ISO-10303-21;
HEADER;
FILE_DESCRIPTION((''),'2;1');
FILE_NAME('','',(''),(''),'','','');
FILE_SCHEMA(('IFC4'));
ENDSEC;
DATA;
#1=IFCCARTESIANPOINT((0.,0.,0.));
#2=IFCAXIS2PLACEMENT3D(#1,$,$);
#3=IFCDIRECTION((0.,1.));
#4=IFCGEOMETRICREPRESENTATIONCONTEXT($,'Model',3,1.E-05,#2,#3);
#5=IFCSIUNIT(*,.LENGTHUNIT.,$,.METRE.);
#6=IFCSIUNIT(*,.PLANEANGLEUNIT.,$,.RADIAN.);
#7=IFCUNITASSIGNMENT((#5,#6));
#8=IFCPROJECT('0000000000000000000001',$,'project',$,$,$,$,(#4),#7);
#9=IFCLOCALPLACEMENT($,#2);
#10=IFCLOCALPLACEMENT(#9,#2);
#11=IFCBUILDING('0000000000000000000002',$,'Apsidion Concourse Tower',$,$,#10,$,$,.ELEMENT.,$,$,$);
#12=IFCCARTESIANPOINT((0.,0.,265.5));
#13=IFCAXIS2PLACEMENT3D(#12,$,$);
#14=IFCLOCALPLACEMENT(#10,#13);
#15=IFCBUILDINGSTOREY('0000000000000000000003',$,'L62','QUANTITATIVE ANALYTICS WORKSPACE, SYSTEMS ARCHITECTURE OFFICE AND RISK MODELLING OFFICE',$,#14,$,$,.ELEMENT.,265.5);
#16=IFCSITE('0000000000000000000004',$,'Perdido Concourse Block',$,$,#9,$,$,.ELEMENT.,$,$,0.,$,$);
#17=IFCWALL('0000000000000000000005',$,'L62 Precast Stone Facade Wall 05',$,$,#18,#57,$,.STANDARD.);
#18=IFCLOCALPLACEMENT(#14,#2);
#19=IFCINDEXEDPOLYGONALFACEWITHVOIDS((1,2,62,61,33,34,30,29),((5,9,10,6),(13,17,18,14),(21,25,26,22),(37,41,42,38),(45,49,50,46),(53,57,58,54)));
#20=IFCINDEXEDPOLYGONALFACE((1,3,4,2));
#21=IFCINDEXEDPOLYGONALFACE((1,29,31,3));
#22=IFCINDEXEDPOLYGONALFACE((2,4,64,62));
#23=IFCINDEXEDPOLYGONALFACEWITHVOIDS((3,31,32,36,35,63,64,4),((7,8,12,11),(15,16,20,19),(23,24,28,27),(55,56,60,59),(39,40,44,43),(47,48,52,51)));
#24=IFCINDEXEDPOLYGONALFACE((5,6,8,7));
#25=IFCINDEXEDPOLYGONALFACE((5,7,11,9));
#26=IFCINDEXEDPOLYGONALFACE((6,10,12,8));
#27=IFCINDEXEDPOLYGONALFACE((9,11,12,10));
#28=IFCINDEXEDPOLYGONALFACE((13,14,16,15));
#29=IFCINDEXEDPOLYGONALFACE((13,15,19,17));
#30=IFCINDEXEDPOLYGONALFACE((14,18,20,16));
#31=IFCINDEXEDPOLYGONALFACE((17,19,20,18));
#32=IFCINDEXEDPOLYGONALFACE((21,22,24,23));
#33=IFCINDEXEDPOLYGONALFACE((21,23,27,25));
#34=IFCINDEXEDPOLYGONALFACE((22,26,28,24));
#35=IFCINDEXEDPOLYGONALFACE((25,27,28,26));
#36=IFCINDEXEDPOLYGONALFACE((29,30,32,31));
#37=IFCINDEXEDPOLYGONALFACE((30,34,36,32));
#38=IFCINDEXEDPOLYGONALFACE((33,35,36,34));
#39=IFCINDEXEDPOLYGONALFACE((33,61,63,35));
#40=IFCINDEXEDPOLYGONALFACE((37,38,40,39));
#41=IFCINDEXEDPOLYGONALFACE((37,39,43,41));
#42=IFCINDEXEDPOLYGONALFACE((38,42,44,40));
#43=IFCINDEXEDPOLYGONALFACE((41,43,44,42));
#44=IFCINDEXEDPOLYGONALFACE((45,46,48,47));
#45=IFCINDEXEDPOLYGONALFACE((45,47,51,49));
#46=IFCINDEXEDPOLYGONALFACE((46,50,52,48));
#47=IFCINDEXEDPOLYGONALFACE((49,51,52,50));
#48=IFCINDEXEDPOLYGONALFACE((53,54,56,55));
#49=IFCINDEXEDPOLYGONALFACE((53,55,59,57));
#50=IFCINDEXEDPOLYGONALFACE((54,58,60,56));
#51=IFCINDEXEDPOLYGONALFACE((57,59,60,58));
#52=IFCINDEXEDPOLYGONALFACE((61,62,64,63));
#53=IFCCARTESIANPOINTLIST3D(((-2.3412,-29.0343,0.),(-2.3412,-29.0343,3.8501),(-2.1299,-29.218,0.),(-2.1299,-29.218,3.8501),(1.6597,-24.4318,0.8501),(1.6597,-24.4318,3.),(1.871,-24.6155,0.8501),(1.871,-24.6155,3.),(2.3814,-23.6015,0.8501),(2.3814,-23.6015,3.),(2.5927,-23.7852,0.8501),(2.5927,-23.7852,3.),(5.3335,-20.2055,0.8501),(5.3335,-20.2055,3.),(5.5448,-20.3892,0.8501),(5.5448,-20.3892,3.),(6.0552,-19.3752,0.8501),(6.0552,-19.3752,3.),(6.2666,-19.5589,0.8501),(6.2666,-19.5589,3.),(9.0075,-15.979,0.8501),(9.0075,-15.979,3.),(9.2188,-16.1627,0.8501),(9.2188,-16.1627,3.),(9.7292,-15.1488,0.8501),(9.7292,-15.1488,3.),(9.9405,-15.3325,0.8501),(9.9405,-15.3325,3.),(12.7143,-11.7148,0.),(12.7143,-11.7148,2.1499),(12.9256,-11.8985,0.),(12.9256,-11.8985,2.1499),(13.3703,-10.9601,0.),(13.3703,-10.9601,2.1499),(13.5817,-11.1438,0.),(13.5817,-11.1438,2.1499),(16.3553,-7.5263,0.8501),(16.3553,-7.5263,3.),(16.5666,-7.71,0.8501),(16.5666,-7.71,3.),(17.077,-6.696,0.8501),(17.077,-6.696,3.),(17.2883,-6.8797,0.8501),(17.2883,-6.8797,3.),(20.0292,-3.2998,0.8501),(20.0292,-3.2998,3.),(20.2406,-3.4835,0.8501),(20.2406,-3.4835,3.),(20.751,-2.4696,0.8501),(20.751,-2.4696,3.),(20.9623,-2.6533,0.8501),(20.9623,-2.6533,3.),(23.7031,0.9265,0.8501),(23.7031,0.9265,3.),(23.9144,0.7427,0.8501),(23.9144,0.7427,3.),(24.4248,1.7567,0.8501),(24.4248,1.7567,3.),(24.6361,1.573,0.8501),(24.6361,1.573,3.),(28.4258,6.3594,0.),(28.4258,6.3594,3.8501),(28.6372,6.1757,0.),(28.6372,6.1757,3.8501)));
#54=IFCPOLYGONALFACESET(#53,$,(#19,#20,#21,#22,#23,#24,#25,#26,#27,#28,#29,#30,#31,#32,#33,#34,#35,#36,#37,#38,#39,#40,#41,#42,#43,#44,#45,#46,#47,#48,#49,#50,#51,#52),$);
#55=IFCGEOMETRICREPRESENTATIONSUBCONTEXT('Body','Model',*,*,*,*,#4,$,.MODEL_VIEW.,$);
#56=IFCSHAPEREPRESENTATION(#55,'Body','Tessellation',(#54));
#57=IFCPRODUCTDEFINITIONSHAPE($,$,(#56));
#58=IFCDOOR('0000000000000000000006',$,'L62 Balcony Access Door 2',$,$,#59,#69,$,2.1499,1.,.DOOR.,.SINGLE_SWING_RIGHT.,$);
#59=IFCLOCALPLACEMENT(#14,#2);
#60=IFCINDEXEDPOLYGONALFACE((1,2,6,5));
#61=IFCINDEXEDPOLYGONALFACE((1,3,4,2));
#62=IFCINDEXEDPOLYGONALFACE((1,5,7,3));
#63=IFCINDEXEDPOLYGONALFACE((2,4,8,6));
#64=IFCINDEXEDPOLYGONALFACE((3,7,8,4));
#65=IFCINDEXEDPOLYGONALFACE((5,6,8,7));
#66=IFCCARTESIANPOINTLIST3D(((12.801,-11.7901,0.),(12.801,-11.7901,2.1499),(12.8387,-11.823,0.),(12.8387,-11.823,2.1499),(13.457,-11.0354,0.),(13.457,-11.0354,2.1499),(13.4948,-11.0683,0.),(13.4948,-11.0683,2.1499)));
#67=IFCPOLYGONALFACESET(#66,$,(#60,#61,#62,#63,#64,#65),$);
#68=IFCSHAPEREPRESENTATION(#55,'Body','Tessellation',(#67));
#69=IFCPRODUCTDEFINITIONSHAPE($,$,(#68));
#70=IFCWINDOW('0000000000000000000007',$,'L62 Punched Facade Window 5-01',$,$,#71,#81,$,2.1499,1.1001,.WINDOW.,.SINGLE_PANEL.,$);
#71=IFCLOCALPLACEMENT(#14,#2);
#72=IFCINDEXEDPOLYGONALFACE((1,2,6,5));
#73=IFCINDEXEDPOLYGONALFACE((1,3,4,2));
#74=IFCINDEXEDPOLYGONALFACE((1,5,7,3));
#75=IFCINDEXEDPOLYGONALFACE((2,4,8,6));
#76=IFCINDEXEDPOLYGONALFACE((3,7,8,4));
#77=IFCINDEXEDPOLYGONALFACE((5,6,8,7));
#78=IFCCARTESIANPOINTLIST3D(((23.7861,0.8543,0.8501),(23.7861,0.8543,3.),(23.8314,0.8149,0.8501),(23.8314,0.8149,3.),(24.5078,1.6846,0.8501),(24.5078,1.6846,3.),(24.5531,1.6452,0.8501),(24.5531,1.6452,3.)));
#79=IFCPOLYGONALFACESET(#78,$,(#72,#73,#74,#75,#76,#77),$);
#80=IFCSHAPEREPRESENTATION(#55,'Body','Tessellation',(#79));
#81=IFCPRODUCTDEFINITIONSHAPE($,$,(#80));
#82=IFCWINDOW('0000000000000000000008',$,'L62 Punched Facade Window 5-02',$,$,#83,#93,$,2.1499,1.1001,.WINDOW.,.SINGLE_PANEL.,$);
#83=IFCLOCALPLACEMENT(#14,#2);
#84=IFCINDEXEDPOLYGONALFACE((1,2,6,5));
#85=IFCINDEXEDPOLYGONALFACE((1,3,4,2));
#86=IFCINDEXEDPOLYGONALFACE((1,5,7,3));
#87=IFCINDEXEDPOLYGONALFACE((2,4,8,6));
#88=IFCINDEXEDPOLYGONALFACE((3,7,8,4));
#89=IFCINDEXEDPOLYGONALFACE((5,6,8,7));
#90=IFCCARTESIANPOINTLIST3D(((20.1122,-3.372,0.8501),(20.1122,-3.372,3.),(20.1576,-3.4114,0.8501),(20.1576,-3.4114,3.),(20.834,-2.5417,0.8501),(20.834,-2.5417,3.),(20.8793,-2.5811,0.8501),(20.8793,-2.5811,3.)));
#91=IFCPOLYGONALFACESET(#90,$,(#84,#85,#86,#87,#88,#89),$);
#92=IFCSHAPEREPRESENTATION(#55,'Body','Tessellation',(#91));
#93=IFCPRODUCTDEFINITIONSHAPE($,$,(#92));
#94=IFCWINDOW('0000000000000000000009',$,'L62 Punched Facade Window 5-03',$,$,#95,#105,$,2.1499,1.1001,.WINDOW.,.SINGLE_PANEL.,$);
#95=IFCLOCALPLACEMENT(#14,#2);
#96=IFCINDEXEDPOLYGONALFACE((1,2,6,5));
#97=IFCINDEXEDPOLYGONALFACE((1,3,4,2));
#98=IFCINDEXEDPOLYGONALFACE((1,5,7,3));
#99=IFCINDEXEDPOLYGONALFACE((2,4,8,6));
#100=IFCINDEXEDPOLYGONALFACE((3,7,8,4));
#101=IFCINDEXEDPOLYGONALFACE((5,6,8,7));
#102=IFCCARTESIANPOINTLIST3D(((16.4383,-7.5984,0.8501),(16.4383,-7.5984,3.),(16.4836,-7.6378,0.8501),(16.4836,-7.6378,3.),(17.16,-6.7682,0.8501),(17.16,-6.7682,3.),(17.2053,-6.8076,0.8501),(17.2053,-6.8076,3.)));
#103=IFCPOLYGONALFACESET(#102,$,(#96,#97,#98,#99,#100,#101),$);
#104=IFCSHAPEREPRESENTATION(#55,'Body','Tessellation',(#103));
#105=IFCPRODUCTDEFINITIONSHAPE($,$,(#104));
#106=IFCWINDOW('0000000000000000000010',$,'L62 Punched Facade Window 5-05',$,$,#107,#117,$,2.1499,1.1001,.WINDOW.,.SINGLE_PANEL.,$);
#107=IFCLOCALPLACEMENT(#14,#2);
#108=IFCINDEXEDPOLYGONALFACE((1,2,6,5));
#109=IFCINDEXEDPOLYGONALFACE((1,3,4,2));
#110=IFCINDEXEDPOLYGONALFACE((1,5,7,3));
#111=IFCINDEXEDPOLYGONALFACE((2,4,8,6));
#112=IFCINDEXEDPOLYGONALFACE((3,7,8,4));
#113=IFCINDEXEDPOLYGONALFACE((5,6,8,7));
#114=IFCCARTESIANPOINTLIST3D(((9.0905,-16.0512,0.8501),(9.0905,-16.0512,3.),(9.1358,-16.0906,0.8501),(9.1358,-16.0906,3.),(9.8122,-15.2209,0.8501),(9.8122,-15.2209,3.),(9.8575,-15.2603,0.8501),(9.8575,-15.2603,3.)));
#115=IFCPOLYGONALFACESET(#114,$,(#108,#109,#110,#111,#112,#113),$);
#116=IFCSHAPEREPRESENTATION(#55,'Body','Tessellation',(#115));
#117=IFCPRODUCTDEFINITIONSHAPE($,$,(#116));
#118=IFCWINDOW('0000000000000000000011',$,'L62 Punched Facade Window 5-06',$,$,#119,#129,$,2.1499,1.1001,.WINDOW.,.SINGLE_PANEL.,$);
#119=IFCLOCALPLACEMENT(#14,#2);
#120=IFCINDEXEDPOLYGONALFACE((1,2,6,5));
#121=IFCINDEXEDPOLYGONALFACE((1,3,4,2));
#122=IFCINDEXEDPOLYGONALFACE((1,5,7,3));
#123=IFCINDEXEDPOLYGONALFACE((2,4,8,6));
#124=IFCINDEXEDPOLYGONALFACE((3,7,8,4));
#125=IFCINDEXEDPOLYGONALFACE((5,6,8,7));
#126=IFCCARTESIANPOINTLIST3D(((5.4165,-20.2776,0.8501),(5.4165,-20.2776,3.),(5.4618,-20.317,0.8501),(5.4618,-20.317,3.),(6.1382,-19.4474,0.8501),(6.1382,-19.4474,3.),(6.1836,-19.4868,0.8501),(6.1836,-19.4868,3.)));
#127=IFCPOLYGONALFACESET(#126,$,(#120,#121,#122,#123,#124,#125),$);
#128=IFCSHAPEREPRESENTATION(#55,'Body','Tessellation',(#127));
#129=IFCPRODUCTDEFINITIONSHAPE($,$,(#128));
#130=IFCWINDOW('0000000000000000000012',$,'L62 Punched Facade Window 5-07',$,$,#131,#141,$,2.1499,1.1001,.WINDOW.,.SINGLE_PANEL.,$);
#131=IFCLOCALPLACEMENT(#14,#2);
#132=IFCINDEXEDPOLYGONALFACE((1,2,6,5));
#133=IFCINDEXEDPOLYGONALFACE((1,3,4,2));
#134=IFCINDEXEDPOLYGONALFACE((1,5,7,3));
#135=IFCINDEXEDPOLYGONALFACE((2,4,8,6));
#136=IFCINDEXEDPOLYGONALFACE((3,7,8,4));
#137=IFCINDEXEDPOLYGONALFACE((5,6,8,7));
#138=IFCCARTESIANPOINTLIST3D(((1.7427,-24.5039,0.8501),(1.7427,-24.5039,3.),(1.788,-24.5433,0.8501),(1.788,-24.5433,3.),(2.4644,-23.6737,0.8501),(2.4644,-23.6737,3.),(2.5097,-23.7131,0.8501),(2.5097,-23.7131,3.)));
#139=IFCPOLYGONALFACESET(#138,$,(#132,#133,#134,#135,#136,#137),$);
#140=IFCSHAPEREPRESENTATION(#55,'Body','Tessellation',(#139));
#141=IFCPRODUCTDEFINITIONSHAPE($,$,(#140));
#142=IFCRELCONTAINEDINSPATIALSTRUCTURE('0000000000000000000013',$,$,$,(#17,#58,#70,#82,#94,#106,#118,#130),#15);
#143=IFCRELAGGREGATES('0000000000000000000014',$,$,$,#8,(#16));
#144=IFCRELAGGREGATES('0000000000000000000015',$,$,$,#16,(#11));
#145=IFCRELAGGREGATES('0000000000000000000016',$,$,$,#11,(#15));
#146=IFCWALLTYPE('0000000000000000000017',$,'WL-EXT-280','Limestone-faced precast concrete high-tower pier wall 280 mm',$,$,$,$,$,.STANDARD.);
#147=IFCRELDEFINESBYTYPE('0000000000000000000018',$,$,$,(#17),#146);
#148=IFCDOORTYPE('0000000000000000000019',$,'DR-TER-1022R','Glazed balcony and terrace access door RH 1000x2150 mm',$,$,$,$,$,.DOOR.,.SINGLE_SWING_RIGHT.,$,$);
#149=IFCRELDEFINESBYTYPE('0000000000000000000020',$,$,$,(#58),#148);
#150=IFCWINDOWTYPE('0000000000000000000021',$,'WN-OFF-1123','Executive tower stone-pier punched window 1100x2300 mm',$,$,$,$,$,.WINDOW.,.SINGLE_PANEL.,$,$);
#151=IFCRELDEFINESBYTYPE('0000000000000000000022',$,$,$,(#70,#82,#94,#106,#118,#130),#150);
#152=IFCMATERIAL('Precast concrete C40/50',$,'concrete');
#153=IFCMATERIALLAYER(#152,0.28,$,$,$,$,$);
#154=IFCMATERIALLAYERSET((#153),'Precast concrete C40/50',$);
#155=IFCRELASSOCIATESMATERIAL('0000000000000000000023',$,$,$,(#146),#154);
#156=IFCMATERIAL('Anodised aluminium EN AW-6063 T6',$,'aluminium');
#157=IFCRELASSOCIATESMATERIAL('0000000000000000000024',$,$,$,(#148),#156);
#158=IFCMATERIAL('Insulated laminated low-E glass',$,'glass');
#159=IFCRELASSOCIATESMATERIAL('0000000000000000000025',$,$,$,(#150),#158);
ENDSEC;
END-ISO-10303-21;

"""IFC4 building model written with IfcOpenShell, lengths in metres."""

from ifc_helpers import new_model, si_unit, direction, frame, frame_2d, origin, place, context, subcontext, project, spatial, rectangle, extrude, material, layer, layer_set, type_object, element, fill, save


model = new_model("IFC4")

# Units and contexts
model_context = context("Model", 3, precision=1e-05, world=origin(), true_north=direction((0.0, 1.0)))
body_context = subcontext(model_context, "Body", "Model", "MODEL_VIEW")
ifc_project = project(units=[si_unit("LENGTHUNIT", "METRE"), si_unit("PLANEANGLEUNIT", "RADIAN")], contexts=[model_context])

# Site, building, storey
site_placement = place(None, origin())
site = spatial("IfcSite", under=ifc_project, at=site_placement, Name="Perdido Concourse Block", CompositionType="ELEMENT", RefElevation=0.0)
building_placement = place(site_placement, origin())
building = spatial("IfcBuilding", under=site, at=building_placement, Name="Apsidion Concourse Tower", CompositionType="ELEMENT")
storey_placement = place(building_placement, frame((0.0, 0.0, 265.5)))
storey = spatial("IfcBuildingStorey", under=building, at=storey_placement, Name="L62", Description="QUANTITATIVE ANALYTICS WORKSPACE, SYSTEMS ARCHITECTURE OFFICE AND RISK MODELLING OFFICE", CompositionType="ELEMENT", Elevation=265.5)

# Shared definitions
ifc_material_1 = material(Name="Precast concrete C40/50", Category="concrete")
ifc_layer_1 = layer(ifc_material_1, 0.28)
ifc_layer_set_1 = layer_set([ifc_layer_1], Name="Precast concrete C40/50")
wall_type_1 = type_object("IfcWallType", Name="WL-EXT-280", Description="Limestone-faced precast concrete high-tower pier wall 280 mm", PredefinedType="STANDARD", material=ifc_layer_set_1)

# Wall, openings, door, windows
wall_1_placement = place(storey_placement, frame((28.5315, 6.2676, 0.0), z_axis=(0.0, 0.0, 1.0), x_axis=(-0.656056, -0.754712, 0.0)))
wall_1 = element("IfcWall", 1, at=wall_1_placement, inside=storey, type_object=wall_type_1, Name="L62 Precast Stone Facade Wall 05", PredefinedType="STANDARD", context=body_context, shape_type="SweptSolid", body=[
    extrude(rectangle(XDim=46.897, YDim=0.28, at=frame_2d((23.4485, 0.0))), origin(), (0.0, 0.0, 1.0), 3.8501),
])
opening_1_placement = place(wall_1_placement, frame((22.9485, 0.0, 0.0)))
opening_1 = element("IfcOpeningElement", 2, at=opening_1_placement, cuts=wall_1, PredefinedType="OPENING", context=body_context, shape_type="SweptSolid", body=[
    extrude(rectangle(XDim=1.0, YDim=2.1499, at=frame_2d((0.5, 1.075))), frame((0.0, 0.1499, 0.0), z_axis=(0.0, -1.0, 0.0), x_axis=(1.0, 0.0, 0.0)), (0.0, 0.0, 1.0), 0.3),
])
opening_2_placement = place(wall_1_placement, frame((6.0986, 0.0, 0.8501)))
opening_2 = element("IfcOpeningElement", 3, at=opening_2_placement, cuts=wall_1, PredefinedType="OPENING", context=body_context, shape_type="SweptSolid", body=[
    extrude(rectangle(XDim=1.1001, YDim=2.1499, at=frame_2d((0.55, 1.075))), frame((0.0, 0.1499, 0.0), z_axis=(0.0, -1.0, 0.0), x_axis=(1.0, 0.0, 0.0)), (0.0, 0.0, 1.0), 0.3),
])
opening_3_placement = place(wall_1_placement, frame((11.6985, 0.0, 0.8501)))
opening_3 = element("IfcOpeningElement", 4, at=opening_3_placement, cuts=wall_1, PredefinedType="OPENING", context=body_context, shape_type="SweptSolid", body=[
    extrude(rectangle(XDim=1.1001, YDim=2.1499, at=frame_2d((0.55, 1.075))), frame((0.0, 0.1499, 0.0), z_axis=(0.0, -1.0, 0.0), x_axis=(1.0, 0.0, 0.0)), (0.0, 0.0, 1.0), 0.3),
])
opening_4_placement = place(wall_1_placement, frame((17.2986, 0.0, 0.8501)))
opening_4 = element("IfcOpeningElement", 5, at=opening_4_placement, cuts=wall_1, PredefinedType="OPENING", context=body_context, shape_type="SweptSolid", body=[
    extrude(rectangle(XDim=1.1001, YDim=2.1499, at=frame_2d((0.55, 1.075))), frame((0.0, 0.1499, 0.0), z_axis=(0.0, -1.0, 0.0), x_axis=(1.0, 0.0, 0.0)), (0.0, 0.0, 1.0), 0.3),
])
opening_5_placement = place(wall_1_placement, frame((28.4985, 0.0, 0.8501)))
opening_5 = element("IfcOpeningElement", 6, at=opening_5_placement, cuts=wall_1, PredefinedType="OPENING", context=body_context, shape_type="SweptSolid", body=[
    extrude(rectangle(XDim=1.1001, YDim=2.1499, at=frame_2d((0.55, 1.075))), frame((0.0, 0.1499, 0.0), z_axis=(0.0, -1.0, 0.0), x_axis=(1.0, 0.0, 0.0)), (0.0, 0.0, 1.0), 0.3),
])
opening_6_placement = place(wall_1_placement, frame((34.0986, 0.0, 0.8501)))
opening_6 = element("IfcOpeningElement", 7, at=opening_6_placement, cuts=wall_1, PredefinedType="OPENING", context=body_context, shape_type="SweptSolid", body=[
    extrude(rectangle(XDim=1.1001, YDim=2.1499, at=frame_2d((0.55, 1.075))), frame((0.0, 0.1499, 0.0), z_axis=(0.0, -1.0, 0.0), x_axis=(1.0, 0.0, 0.0)), (0.0, 0.0, 1.0), 0.3),
])
opening_7_placement = place(wall_1_placement, frame((39.6985, 0.0, 0.8501)))
opening_7 = element("IfcOpeningElement", 8, at=opening_7_placement, cuts=wall_1, PredefinedType="OPENING", context=body_context, shape_type="SweptSolid", body=[
    extrude(rectangle(XDim=1.1001, YDim=2.1499, at=frame_2d((0.55, 1.075))), frame((0.0, 0.1499, 0.0), z_axis=(0.0, -1.0, 0.0), x_axis=(1.0, 0.0, 0.0)), (0.0, 0.0, 1.0), 0.3),
])
ifc_material_2 = material(Name="Anodised aluminium EN AW-6063 T6", Category="aluminium")
door_type_1 = type_object("IfcDoorType", Name="DR-TER-1022R", Description="Glazed balcony and terrace access door RH 1000x2150 mm", OperationType="SINGLE_SWING_RIGHT", PredefinedType="DOOR", material=ifc_material_2)
door_1_placement = place(opening_1_placement, origin())
door_1 = element("IfcDoor", 9, at=door_1_placement, inside=storey, type_object=door_type_1, Name="L62 Balcony Access Door 2", OperationType="SINGLE_SWING_RIGHT", OverallHeight=2.1499, OverallWidth=1.0, PredefinedType="DOOR", context=body_context, shape_type="SweptSolid", body=[
    extrude(rectangle(XDim=1.0, YDim=2.1499, at=frame_2d((0.5, 1.075))), frame((0.0, 0.0249, 0.0), z_axis=(0.0, -1.0, 0.0), x_axis=(1.0, 0.0, 0.0)), (0.0, 0.0, 1.0), 0.05),
])
fill(opening_1, door_1)
ifc_material_3 = material(Name="Insulated laminated low-E glass", Category="glass")
window_type = type_object("IfcWindowType", Name="WN-OFF-1123", Description="Executive tower stone-pier punched window 1100x2300 mm", PartitioningType="SINGLE_PANEL", PredefinedType="WINDOW", material=ifc_material_3)
window_1_placement = place(opening_2_placement, origin())
window_1 = element("IfcWindow", 10, at=window_1_placement, inside=storey, type_object=window_type, Name="L62 Punched Facade Window 5-01", OverallHeight=2.1499, OverallWidth=1.1001, PartitioningType="SINGLE_PANEL", PredefinedType="WINDOW", context=body_context, shape_type="SweptSolid", body=[
    extrude(rectangle(XDim=1.1001, YDim=2.1499, at=frame_2d((0.55, 1.075))), frame((0.0, 0.03, 0.0), z_axis=(0.0, -1.0, 0.0), x_axis=(1.0, 0.0, 0.0)), (0.0, 0.0, 1.0), 0.0601),
])
fill(opening_2, window_1)
window_2_placement = place(opening_3_placement, origin())
window_2 = element("IfcWindow", 11, at=window_2_placement, inside=storey, type_object=window_type, Name="L62 Punched Facade Window 5-02", OverallHeight=2.1499, OverallWidth=1.1001, PartitioningType="SINGLE_PANEL", PredefinedType="WINDOW", context=body_context, shape_type="SweptSolid", body=[
    extrude(rectangle(XDim=1.1001, YDim=2.1499, at=frame_2d((0.55, 1.075))), frame((0.0, 0.03, 0.0), z_axis=(0.0, -1.0, 0.0), x_axis=(1.0, 0.0, 0.0)), (0.0, 0.0, 1.0), 0.0601),
])
fill(opening_3, window_2)
window_3_placement = place(opening_4_placement, origin())
window_3 = element("IfcWindow", 12, at=window_3_placement, inside=storey, type_object=window_type, Name="L62 Punched Facade Window 5-03", OverallHeight=2.1499, OverallWidth=1.1001, PartitioningType="SINGLE_PANEL", PredefinedType="WINDOW", context=body_context, shape_type="SweptSolid", body=[
    extrude(rectangle(XDim=1.1001, YDim=2.1499, at=frame_2d((0.55, 1.075))), frame((0.0, 0.03, 0.0), z_axis=(0.0, -1.0, 0.0), x_axis=(1.0, 0.0, 0.0)), (0.0, 0.0, 1.0), 0.0601),
])
fill(opening_4, window_3)
window_4_placement = place(opening_5_placement, origin())
window_4 = element("IfcWindow", 13, at=window_4_placement, inside=storey, type_object=window_type, Name="L62 Punched Facade Window 5-05", OverallHeight=2.1499, OverallWidth=1.1001, PartitioningType="SINGLE_PANEL", PredefinedType="WINDOW", context=body_context, shape_type="SweptSolid", body=[
    extrude(rectangle(XDim=1.1001, YDim=2.1499, at=frame_2d((0.55, 1.075))), frame((0.0, 0.03, 0.0), z_axis=(0.0, -1.0, 0.0), x_axis=(1.0, 0.0, 0.0)), (0.0, 0.0, 1.0), 0.0601),
])
fill(opening_5, window_4)
window_5_placement = place(opening_6_placement, origin())
window_5 = element("IfcWindow", 14, at=window_5_placement, inside=storey, type_object=window_type, Name="L62 Punched Facade Window 5-06", OverallHeight=2.1499, OverallWidth=1.1001, PartitioningType="SINGLE_PANEL", PredefinedType="WINDOW", context=body_context, shape_type="SweptSolid", body=[
    extrude(rectangle(XDim=1.1001, YDim=2.1499, at=frame_2d((0.55, 1.075))), frame((0.0, 0.03, 0.0), z_axis=(0.0, -1.0, 0.0), x_axis=(1.0, 0.0, 0.0)), (0.0, 0.0, 1.0), 0.0601),
])
fill(opening_6, window_5)
window_6_placement = place(opening_7_placement, origin())
window_6 = element("IfcWindow", 15, at=window_6_placement, inside=storey, type_object=window_type, Name="L62 Punched Facade Window 5-07", OverallHeight=2.1499, OverallWidth=1.1001, PartitioningType="SINGLE_PANEL", PredefinedType="WINDOW", context=body_context, shape_type="SweptSolid", body=[
    extrude(rectangle(XDim=1.1001, YDim=2.1499, at=frame_2d((0.55, 1.075))), frame((0.0, 0.03, 0.0), z_axis=(0.0, -1.0, 0.0), x_axis=(1.0, 0.0, 0.0)), (0.0, 0.0, 1.0), 0.0601),
])
fill(opening_7, window_6)

save(model, "model.ifc")
